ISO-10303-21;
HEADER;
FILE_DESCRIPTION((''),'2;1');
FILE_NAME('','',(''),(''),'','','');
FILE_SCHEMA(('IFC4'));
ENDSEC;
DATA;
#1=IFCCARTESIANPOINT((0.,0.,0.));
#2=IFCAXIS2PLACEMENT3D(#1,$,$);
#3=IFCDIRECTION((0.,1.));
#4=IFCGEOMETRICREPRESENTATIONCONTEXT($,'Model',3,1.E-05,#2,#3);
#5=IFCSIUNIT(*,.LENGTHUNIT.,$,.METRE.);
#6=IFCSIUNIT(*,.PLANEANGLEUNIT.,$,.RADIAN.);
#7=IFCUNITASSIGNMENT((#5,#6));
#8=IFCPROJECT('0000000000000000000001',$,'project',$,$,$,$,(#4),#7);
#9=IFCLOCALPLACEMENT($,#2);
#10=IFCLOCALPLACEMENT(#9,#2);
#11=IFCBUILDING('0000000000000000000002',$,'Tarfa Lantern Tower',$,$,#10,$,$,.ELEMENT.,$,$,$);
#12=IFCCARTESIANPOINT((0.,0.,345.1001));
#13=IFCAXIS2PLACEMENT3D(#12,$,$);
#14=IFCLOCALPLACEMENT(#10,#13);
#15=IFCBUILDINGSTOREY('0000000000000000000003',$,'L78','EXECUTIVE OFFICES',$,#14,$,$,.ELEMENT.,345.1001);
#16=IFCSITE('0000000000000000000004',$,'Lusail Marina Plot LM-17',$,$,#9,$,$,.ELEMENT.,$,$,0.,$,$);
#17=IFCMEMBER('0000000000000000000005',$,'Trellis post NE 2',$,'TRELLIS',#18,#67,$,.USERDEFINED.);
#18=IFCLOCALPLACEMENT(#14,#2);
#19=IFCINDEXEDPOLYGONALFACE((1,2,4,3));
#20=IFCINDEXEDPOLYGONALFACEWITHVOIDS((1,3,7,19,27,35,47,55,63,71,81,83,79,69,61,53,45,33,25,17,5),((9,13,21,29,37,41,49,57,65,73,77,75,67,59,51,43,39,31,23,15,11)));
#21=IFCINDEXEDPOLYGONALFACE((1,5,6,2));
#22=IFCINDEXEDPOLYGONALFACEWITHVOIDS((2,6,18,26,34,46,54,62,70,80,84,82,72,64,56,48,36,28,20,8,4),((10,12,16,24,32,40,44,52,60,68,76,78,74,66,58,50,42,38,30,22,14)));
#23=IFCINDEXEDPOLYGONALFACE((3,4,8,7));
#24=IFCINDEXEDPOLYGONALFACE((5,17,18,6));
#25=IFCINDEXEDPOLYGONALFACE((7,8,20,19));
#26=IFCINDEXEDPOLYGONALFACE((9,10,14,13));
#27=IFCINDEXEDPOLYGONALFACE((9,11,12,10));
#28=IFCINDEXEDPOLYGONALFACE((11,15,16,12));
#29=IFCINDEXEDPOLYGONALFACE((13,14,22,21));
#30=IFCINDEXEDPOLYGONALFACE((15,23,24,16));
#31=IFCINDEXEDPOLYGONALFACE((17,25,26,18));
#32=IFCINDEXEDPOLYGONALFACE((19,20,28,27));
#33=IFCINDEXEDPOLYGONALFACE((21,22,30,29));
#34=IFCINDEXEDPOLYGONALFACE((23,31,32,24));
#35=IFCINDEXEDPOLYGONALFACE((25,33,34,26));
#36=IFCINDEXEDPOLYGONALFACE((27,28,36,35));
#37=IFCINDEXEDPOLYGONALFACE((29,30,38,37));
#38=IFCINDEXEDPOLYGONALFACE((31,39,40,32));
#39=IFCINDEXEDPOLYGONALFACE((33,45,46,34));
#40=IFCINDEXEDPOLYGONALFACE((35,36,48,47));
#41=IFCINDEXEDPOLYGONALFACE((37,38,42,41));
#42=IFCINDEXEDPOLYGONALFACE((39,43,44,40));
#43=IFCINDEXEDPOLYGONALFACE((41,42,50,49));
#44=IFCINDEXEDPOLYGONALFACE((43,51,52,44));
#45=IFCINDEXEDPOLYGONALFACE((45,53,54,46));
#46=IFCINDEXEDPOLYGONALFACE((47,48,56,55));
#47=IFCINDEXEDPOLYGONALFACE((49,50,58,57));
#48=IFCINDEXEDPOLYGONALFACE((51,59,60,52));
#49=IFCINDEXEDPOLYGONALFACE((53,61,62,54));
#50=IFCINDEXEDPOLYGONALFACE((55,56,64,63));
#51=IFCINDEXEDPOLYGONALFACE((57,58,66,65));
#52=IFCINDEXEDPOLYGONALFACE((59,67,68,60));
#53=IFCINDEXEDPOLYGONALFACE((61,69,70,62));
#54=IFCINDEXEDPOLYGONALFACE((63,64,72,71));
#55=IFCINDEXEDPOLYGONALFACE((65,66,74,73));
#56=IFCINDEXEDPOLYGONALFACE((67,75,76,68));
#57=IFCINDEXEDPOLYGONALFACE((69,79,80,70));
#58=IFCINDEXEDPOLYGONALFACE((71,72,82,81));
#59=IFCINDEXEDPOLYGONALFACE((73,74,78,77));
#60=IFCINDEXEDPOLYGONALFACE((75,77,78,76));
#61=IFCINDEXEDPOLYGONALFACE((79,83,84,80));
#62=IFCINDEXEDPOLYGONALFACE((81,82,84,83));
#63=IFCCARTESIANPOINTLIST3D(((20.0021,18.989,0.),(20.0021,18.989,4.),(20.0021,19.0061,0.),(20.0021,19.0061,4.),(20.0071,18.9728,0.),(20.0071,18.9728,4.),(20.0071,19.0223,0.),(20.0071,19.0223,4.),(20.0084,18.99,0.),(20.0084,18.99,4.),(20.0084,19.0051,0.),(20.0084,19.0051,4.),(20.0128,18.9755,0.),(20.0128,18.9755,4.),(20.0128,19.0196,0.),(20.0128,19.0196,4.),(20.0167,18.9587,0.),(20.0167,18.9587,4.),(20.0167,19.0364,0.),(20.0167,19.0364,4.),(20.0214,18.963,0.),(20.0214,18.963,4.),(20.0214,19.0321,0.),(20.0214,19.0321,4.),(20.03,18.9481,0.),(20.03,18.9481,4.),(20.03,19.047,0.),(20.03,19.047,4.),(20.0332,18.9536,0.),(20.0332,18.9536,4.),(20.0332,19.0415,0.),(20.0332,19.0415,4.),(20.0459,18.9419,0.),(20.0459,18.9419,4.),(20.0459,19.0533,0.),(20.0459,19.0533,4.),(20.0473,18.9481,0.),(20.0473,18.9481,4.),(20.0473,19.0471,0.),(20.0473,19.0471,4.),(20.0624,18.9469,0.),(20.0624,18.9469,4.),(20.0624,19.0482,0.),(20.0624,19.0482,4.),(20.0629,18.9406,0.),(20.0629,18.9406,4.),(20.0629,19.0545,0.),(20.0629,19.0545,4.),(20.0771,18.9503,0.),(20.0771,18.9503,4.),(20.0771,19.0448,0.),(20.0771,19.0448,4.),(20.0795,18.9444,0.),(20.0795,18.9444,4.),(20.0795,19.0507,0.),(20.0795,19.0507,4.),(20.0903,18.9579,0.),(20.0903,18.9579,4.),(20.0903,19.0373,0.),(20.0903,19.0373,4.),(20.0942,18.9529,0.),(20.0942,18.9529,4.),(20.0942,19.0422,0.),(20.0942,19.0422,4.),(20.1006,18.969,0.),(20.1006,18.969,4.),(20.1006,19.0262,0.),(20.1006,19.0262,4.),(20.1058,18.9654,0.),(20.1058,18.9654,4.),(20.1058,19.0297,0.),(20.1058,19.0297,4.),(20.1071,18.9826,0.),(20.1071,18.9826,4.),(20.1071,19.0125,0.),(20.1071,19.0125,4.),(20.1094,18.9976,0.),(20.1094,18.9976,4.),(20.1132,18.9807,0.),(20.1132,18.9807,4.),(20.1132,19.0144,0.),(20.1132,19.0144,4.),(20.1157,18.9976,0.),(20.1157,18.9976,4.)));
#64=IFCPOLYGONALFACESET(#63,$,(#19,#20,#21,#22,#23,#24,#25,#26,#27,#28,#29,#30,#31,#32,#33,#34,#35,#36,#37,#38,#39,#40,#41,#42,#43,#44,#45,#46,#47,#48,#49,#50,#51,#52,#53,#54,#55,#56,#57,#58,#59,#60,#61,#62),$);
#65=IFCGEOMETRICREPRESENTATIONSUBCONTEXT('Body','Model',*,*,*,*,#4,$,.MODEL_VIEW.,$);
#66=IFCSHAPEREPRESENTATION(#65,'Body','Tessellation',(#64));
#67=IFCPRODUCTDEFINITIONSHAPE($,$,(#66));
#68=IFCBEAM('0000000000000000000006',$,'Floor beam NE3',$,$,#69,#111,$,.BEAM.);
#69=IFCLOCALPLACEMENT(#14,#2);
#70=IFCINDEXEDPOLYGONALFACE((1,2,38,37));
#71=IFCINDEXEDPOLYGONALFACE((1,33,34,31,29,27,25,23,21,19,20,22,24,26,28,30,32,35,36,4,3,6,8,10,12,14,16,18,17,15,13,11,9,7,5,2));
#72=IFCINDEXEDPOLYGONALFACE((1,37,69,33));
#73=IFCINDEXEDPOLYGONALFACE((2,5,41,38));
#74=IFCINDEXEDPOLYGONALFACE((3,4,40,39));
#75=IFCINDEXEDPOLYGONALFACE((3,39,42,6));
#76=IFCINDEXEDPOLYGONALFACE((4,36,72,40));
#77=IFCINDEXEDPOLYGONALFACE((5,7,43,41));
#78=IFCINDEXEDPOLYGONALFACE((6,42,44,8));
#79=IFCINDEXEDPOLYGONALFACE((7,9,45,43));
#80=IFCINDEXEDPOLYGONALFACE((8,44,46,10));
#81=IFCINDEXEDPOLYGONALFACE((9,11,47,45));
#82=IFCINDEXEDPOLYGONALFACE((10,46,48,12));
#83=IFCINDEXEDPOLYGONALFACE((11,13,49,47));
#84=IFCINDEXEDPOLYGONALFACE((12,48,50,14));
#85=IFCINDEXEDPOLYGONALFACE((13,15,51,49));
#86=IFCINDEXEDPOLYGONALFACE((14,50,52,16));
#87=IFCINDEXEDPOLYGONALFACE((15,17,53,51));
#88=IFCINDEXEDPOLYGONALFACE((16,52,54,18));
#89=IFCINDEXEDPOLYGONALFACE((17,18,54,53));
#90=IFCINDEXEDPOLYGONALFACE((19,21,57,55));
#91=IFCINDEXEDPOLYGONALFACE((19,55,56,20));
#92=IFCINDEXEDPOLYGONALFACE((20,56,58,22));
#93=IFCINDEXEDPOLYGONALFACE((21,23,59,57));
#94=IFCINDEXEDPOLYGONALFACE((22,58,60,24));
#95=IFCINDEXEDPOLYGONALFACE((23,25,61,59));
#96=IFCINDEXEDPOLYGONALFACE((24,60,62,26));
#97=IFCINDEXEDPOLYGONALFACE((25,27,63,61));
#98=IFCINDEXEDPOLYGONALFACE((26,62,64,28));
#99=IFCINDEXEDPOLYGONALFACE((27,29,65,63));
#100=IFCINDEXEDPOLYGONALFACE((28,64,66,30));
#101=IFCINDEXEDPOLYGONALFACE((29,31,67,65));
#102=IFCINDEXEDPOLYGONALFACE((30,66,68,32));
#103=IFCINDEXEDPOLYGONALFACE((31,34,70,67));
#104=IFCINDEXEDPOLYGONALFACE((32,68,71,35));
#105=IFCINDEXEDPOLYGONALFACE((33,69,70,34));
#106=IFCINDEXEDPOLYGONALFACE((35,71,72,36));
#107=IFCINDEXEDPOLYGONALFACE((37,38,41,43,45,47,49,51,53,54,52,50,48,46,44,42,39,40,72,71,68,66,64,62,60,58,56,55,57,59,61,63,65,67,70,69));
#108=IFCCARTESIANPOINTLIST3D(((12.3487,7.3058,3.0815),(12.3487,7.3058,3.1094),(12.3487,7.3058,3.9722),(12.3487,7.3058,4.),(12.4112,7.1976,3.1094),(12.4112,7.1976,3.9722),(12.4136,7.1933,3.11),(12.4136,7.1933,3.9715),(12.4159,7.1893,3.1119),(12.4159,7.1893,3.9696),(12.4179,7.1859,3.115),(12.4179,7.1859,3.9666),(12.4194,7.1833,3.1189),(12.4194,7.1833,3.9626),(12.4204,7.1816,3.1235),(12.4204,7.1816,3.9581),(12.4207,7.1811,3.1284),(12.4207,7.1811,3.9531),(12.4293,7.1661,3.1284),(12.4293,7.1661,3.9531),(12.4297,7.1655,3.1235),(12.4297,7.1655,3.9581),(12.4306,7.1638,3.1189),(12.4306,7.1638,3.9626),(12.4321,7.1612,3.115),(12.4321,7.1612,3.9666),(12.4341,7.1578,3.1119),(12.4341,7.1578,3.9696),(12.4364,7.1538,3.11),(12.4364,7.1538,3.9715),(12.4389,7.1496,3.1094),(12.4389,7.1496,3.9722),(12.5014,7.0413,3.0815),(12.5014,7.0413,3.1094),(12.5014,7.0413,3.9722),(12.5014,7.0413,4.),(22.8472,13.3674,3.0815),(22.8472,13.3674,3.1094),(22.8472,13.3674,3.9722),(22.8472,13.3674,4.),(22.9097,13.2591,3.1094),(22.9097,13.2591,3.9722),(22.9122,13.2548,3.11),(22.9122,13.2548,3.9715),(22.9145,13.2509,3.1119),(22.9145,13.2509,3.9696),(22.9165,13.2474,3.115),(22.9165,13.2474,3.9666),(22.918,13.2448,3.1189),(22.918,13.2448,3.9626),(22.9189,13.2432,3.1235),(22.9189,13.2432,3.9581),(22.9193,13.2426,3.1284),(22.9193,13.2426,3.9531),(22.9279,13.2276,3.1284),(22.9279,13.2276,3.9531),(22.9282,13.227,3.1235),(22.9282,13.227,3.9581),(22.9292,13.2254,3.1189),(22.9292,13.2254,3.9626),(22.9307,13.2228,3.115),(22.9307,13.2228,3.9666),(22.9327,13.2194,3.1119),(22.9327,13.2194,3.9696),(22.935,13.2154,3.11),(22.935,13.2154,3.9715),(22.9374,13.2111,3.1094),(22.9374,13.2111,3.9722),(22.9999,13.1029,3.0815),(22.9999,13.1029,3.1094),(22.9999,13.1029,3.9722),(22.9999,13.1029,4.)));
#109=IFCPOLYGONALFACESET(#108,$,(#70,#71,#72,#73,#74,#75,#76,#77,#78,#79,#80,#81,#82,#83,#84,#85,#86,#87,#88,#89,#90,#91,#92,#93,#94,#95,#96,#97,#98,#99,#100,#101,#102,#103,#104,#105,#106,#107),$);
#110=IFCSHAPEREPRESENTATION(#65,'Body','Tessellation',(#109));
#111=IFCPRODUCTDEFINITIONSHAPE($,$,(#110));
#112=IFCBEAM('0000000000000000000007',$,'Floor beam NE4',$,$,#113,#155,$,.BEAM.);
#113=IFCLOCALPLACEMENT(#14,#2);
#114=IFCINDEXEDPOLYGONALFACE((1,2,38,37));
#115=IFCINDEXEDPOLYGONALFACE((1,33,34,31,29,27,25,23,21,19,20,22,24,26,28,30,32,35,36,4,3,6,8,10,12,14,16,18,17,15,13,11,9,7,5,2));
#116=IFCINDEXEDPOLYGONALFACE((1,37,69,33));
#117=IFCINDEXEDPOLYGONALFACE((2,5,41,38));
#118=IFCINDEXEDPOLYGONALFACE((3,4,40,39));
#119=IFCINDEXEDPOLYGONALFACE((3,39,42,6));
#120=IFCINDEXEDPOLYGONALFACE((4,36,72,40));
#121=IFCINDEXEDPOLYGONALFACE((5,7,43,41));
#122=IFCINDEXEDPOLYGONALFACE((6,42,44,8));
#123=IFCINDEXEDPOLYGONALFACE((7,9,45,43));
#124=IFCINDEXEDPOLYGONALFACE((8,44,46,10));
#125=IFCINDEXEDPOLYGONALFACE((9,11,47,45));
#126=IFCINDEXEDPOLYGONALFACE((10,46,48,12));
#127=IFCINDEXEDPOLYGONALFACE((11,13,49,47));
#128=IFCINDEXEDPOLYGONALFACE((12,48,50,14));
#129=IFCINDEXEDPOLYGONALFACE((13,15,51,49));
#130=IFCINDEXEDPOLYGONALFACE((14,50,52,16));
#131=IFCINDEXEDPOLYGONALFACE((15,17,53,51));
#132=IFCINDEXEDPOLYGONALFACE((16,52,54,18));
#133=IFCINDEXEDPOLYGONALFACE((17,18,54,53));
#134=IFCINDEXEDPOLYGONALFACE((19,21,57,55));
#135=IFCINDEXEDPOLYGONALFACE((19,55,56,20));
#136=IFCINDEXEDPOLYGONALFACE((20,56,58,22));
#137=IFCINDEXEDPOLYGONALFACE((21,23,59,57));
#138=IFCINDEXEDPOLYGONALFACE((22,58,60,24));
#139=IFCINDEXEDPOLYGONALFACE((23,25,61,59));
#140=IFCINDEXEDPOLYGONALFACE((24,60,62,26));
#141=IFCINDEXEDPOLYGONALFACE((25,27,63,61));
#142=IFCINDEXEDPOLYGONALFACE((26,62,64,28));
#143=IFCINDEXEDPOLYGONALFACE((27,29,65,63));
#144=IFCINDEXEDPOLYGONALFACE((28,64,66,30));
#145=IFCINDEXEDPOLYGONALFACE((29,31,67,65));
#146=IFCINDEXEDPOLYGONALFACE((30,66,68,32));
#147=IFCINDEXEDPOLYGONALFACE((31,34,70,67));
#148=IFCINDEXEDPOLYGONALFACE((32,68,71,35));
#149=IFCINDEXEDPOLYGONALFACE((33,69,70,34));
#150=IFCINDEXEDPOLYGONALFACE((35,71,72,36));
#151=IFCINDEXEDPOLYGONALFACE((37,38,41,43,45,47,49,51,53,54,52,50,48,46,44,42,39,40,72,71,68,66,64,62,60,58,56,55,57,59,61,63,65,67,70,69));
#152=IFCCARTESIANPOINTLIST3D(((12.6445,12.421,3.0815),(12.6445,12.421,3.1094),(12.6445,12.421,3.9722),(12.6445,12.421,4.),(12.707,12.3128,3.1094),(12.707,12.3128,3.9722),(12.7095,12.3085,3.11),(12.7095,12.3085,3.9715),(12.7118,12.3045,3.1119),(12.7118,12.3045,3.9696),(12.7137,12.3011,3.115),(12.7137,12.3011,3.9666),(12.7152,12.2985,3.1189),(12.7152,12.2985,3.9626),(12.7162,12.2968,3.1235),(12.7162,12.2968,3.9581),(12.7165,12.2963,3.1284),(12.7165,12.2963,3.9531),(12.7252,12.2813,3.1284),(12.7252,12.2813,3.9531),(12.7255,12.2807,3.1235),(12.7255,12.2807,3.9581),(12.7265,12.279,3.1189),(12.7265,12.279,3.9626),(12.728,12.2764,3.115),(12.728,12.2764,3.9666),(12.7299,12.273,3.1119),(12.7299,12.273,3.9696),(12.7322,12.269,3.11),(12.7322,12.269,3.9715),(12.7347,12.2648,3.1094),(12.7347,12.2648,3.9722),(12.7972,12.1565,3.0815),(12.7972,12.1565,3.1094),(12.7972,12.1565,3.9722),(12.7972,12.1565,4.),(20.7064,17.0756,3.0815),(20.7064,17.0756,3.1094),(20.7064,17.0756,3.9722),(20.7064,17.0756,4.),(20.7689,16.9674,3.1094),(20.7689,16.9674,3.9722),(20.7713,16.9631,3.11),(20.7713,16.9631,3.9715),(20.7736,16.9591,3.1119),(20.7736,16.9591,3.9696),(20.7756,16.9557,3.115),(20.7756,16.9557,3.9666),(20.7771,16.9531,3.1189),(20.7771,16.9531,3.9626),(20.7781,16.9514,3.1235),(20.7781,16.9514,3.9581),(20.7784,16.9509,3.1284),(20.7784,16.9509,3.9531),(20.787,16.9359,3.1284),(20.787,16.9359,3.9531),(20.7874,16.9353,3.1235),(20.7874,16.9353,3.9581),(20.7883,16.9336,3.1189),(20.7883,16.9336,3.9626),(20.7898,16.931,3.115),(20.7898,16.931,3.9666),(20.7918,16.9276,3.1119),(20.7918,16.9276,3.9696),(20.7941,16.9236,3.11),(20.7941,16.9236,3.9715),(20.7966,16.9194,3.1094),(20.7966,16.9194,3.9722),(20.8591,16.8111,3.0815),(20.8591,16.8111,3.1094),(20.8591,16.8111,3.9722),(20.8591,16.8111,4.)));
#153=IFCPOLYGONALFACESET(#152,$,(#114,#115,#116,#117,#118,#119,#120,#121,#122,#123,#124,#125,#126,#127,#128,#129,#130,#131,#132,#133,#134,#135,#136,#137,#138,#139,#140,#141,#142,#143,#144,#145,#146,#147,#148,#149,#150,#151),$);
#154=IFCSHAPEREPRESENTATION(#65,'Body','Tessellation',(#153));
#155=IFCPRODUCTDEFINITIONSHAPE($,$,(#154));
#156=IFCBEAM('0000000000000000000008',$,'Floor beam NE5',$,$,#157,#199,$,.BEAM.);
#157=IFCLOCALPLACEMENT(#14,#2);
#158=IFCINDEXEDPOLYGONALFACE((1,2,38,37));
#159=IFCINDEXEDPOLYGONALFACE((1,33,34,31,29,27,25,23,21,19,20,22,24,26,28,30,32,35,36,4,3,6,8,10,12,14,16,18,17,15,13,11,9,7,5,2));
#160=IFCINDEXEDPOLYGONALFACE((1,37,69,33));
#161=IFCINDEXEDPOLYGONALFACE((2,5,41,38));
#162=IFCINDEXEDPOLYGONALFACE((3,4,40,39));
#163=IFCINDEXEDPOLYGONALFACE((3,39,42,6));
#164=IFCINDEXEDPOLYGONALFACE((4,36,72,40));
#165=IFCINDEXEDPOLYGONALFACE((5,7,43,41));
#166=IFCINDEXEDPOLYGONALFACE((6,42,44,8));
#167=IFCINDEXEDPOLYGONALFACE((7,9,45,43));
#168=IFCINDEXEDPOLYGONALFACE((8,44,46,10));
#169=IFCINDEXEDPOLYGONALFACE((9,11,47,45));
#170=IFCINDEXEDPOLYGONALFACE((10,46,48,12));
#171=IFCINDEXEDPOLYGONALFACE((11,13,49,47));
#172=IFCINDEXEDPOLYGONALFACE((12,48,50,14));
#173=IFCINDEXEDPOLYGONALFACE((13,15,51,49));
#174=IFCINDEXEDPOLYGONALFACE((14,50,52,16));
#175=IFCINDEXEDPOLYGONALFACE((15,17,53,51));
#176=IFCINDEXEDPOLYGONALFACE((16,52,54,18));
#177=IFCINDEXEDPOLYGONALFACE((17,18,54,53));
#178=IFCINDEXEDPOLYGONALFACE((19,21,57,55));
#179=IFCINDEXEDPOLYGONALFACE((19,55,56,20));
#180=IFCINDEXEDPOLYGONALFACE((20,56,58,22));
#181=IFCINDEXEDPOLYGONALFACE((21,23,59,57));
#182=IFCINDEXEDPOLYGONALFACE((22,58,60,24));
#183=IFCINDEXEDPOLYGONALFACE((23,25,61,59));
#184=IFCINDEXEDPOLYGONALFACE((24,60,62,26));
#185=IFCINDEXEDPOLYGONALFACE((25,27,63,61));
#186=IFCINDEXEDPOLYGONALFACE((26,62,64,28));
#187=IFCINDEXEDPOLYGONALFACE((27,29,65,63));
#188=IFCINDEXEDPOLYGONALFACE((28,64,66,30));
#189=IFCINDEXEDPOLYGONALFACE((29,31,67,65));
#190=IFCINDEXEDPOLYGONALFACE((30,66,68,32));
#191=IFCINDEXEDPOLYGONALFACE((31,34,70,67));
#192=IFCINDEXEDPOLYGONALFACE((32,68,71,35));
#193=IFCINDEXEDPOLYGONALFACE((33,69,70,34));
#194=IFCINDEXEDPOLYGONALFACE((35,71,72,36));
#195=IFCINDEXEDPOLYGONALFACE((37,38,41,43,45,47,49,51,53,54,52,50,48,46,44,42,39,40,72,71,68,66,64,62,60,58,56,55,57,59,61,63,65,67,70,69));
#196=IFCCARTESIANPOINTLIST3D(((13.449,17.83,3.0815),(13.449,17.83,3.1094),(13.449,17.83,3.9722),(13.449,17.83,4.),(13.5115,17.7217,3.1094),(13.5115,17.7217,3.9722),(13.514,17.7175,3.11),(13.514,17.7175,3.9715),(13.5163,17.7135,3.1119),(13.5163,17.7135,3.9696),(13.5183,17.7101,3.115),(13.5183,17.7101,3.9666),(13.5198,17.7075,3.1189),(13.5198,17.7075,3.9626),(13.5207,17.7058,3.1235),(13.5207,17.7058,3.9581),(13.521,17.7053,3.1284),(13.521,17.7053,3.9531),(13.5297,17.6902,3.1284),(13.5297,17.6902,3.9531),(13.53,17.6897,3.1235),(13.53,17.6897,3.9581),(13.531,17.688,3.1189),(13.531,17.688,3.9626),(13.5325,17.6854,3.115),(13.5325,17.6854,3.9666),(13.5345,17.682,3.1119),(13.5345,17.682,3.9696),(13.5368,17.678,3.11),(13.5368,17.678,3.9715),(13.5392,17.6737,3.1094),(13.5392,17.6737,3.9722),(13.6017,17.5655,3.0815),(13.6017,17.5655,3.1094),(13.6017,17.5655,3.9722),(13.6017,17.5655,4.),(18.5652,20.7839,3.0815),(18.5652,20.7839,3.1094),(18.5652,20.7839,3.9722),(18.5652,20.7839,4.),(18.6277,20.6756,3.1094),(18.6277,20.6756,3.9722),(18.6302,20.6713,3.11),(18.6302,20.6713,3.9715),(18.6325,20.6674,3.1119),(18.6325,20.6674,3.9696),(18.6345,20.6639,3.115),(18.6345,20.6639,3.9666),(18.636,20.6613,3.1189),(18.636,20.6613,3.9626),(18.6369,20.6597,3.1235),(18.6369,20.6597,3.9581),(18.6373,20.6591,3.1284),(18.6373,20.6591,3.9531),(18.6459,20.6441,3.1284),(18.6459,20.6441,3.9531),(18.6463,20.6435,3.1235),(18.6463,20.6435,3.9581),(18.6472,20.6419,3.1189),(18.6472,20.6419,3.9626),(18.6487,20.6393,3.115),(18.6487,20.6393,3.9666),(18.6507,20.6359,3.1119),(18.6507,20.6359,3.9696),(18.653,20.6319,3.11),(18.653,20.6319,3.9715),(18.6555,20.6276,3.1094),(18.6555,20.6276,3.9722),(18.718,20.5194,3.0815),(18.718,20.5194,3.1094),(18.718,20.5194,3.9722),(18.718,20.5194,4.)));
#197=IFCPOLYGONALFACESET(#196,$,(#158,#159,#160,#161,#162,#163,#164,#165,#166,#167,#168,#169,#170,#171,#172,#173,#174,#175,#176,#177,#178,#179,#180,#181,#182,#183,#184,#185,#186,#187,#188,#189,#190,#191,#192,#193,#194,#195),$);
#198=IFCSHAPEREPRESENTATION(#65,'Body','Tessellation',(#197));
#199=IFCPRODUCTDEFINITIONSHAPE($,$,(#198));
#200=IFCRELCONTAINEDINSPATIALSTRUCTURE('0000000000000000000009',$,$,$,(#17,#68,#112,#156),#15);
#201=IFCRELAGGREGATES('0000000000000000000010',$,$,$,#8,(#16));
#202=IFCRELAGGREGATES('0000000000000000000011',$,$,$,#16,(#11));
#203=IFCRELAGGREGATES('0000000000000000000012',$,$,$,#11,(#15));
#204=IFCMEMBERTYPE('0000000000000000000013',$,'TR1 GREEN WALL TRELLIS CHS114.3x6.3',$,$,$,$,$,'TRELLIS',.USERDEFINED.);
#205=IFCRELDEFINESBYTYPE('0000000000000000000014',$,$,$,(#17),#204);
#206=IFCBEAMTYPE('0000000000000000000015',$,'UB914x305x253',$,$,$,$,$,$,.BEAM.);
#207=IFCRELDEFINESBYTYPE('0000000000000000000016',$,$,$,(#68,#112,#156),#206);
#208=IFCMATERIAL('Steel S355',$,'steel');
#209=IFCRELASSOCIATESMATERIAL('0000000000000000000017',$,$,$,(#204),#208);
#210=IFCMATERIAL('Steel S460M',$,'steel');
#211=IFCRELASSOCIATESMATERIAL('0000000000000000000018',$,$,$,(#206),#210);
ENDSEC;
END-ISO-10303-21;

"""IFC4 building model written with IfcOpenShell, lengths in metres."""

from ifc_helpers import new_model, si_unit, direction, frame, origin, origin_2d, place, context, subcontext, project, spatial, hollow_circle, i_section, extrude, material, material_profile, profile_set, type_object, element, save


model = new_model("IFC4")

# Units and contexts
model_context = context("Model", 3, precision=1e-05, world=origin(), true_north=direction((0.0, 1.0)))
body_context = subcontext(model_context, "Body", "Model", "MODEL_VIEW")
ifc_project = project(units=[si_unit("LENGTHUNIT", "METRE"), si_unit("PLANEANGLEUNIT", "RADIAN")], contexts=[model_context])

# Site, building, storey
site_placement = place(None, origin())
site = spatial("IfcSite", under=ifc_project, at=site_placement, Name="Lusail Marina Plot LM-17", CompositionType="ELEMENT", RefElevation=0.0)
building_placement = place(site_placement, origin())
building = spatial("IfcBuilding", under=site, at=building_placement, Name="Tarfa Lantern Tower", CompositionType="ELEMENT")
storey_placement = place(building_placement, frame((0.0, 0.0, 345.1001)))
storey = spatial("IfcBuildingStorey", under=building, at=storey_placement, Name="L78", Description="EXECUTIVE OFFICES", CompositionType="ELEMENT", Elevation=345.1001)

# Member
ifc_material_1 = material(Name="Steel S355", Category="steel")
ifc_material_profile_1 = material_profile(ifc_material_1, hollow_circle(Radius=0.0571, WallThickness=0.0063, at=origin_2d()), Name="CHS114.3x6.3")
ifc_profile_set_1 = profile_set([ifc_material_profile_1], Name="Steel S355")
member_type_1 = type_object("IfcMemberType", Name="TR1 GREEN WALL TRELLIS CHS114.3x6.3", ElementType="TRELLIS", PredefinedType="USERDEFINED", material=ifc_profile_set_1)
member_1_placement = place(storey_placement, frame((20.0586, 18.9976, 0.0), z_axis=(0.0, 0.0, 1.0), x_axis=(1.0, 0.0, 0.0)))
element("IfcMember", 1, at=member_1_placement, inside=storey, type_object=member_type_1, Name="Trellis post NE 2", ObjectType="TRELLIS", PredefinedType="USERDEFINED", context=body_context, shape_type="SweptSolid", body=[
    extrude(hollow_circle(Radius=0.0571, WallThickness=0.0063, at=origin_2d()), origin(), (0.0, 0.0, 1.0), 4.0),
])

# Beams
ifc_material_2 = material(Name="Steel S460M", Category="steel")
ifc_material_profile_2 = material_profile(ifc_material_2, i_section(OverallWidth=0.3054, OverallDepth=0.9185, WebThickness=0.0173, FlangeThickness=0.0278, FilletRadius=0.019, at=origin_2d()), Name="UB914x305x253")
ifc_profile_set_2 = profile_set([ifc_material_profile_2], Name="Steel S460M")
beam_type_1 = type_object("IfcBeamType", Name="UB914x305x253", PredefinedType="BEAM", material=ifc_profile_set_2)
beam_1_placement = place(storey_placement, frame((22.9236, 13.2351, 3.5408), z_axis=(-0.866019, -0.500012, 0.0), x_axis=(0.500012, -0.866019, 0.0)))
element("IfcBeam", 2, at=beam_1_placement, inside=storey, type_object=beam_type_1, Name="Floor beam NE3", PredefinedType="BEAM", context=body_context, shape_type="SweptSolid", body=[
    extrude(i_section(OverallWidth=0.3054, OverallDepth=0.9185, WebThickness=0.0173, FlangeThickness=0.0278, FilletRadius=0.019, at=origin_2d()), origin(), (0.0, 0.0, 1.0), 12.1228),
])
beam_2_placement = place(storey_placement, frame((20.7827, 16.9434, 3.5408), z_axis=(-0.866022, -0.500006, 0.0), x_axis=(0.500006, -0.866022, 0.0)))
element("IfcBeam", 3, at=beam_2_placement, inside=storey, type_object=beam_type_1, Name="Floor beam NE4", PredefinedType="BEAM", context=body_context, shape_type="SweptSolid", body=[
    extrude(i_section(OverallWidth=0.3054, OverallDepth=0.9185, WebThickness=0.0173, FlangeThickness=0.0278, FilletRadius=0.019, at=origin_2d()), origin(), (0.0, 0.0, 1.0), 9.3091),
])
beam_3_placement = place(storey_placement, frame((18.6416, 20.6516, 3.5408), z_axis=(-0.866025, -0.500001, 0.0), x_axis=(0.500001, -0.866025, 0.0)))
element("IfcBeam", 4, at=beam_3_placement, inside=storey, type_object=beam_type_1, Name="Floor beam NE5", PredefinedType="BEAM", context=body_context, shape_type="SweptSolid", body=[
    extrude(i_section(OverallWidth=0.3054, OverallDepth=0.9185, WebThickness=0.0173, FlangeThickness=0.0278, FilletRadius=0.019, at=origin_2d()), origin(), (0.0, 0.0, 1.0), 5.9077),
])

save(model, "model.ifc")
